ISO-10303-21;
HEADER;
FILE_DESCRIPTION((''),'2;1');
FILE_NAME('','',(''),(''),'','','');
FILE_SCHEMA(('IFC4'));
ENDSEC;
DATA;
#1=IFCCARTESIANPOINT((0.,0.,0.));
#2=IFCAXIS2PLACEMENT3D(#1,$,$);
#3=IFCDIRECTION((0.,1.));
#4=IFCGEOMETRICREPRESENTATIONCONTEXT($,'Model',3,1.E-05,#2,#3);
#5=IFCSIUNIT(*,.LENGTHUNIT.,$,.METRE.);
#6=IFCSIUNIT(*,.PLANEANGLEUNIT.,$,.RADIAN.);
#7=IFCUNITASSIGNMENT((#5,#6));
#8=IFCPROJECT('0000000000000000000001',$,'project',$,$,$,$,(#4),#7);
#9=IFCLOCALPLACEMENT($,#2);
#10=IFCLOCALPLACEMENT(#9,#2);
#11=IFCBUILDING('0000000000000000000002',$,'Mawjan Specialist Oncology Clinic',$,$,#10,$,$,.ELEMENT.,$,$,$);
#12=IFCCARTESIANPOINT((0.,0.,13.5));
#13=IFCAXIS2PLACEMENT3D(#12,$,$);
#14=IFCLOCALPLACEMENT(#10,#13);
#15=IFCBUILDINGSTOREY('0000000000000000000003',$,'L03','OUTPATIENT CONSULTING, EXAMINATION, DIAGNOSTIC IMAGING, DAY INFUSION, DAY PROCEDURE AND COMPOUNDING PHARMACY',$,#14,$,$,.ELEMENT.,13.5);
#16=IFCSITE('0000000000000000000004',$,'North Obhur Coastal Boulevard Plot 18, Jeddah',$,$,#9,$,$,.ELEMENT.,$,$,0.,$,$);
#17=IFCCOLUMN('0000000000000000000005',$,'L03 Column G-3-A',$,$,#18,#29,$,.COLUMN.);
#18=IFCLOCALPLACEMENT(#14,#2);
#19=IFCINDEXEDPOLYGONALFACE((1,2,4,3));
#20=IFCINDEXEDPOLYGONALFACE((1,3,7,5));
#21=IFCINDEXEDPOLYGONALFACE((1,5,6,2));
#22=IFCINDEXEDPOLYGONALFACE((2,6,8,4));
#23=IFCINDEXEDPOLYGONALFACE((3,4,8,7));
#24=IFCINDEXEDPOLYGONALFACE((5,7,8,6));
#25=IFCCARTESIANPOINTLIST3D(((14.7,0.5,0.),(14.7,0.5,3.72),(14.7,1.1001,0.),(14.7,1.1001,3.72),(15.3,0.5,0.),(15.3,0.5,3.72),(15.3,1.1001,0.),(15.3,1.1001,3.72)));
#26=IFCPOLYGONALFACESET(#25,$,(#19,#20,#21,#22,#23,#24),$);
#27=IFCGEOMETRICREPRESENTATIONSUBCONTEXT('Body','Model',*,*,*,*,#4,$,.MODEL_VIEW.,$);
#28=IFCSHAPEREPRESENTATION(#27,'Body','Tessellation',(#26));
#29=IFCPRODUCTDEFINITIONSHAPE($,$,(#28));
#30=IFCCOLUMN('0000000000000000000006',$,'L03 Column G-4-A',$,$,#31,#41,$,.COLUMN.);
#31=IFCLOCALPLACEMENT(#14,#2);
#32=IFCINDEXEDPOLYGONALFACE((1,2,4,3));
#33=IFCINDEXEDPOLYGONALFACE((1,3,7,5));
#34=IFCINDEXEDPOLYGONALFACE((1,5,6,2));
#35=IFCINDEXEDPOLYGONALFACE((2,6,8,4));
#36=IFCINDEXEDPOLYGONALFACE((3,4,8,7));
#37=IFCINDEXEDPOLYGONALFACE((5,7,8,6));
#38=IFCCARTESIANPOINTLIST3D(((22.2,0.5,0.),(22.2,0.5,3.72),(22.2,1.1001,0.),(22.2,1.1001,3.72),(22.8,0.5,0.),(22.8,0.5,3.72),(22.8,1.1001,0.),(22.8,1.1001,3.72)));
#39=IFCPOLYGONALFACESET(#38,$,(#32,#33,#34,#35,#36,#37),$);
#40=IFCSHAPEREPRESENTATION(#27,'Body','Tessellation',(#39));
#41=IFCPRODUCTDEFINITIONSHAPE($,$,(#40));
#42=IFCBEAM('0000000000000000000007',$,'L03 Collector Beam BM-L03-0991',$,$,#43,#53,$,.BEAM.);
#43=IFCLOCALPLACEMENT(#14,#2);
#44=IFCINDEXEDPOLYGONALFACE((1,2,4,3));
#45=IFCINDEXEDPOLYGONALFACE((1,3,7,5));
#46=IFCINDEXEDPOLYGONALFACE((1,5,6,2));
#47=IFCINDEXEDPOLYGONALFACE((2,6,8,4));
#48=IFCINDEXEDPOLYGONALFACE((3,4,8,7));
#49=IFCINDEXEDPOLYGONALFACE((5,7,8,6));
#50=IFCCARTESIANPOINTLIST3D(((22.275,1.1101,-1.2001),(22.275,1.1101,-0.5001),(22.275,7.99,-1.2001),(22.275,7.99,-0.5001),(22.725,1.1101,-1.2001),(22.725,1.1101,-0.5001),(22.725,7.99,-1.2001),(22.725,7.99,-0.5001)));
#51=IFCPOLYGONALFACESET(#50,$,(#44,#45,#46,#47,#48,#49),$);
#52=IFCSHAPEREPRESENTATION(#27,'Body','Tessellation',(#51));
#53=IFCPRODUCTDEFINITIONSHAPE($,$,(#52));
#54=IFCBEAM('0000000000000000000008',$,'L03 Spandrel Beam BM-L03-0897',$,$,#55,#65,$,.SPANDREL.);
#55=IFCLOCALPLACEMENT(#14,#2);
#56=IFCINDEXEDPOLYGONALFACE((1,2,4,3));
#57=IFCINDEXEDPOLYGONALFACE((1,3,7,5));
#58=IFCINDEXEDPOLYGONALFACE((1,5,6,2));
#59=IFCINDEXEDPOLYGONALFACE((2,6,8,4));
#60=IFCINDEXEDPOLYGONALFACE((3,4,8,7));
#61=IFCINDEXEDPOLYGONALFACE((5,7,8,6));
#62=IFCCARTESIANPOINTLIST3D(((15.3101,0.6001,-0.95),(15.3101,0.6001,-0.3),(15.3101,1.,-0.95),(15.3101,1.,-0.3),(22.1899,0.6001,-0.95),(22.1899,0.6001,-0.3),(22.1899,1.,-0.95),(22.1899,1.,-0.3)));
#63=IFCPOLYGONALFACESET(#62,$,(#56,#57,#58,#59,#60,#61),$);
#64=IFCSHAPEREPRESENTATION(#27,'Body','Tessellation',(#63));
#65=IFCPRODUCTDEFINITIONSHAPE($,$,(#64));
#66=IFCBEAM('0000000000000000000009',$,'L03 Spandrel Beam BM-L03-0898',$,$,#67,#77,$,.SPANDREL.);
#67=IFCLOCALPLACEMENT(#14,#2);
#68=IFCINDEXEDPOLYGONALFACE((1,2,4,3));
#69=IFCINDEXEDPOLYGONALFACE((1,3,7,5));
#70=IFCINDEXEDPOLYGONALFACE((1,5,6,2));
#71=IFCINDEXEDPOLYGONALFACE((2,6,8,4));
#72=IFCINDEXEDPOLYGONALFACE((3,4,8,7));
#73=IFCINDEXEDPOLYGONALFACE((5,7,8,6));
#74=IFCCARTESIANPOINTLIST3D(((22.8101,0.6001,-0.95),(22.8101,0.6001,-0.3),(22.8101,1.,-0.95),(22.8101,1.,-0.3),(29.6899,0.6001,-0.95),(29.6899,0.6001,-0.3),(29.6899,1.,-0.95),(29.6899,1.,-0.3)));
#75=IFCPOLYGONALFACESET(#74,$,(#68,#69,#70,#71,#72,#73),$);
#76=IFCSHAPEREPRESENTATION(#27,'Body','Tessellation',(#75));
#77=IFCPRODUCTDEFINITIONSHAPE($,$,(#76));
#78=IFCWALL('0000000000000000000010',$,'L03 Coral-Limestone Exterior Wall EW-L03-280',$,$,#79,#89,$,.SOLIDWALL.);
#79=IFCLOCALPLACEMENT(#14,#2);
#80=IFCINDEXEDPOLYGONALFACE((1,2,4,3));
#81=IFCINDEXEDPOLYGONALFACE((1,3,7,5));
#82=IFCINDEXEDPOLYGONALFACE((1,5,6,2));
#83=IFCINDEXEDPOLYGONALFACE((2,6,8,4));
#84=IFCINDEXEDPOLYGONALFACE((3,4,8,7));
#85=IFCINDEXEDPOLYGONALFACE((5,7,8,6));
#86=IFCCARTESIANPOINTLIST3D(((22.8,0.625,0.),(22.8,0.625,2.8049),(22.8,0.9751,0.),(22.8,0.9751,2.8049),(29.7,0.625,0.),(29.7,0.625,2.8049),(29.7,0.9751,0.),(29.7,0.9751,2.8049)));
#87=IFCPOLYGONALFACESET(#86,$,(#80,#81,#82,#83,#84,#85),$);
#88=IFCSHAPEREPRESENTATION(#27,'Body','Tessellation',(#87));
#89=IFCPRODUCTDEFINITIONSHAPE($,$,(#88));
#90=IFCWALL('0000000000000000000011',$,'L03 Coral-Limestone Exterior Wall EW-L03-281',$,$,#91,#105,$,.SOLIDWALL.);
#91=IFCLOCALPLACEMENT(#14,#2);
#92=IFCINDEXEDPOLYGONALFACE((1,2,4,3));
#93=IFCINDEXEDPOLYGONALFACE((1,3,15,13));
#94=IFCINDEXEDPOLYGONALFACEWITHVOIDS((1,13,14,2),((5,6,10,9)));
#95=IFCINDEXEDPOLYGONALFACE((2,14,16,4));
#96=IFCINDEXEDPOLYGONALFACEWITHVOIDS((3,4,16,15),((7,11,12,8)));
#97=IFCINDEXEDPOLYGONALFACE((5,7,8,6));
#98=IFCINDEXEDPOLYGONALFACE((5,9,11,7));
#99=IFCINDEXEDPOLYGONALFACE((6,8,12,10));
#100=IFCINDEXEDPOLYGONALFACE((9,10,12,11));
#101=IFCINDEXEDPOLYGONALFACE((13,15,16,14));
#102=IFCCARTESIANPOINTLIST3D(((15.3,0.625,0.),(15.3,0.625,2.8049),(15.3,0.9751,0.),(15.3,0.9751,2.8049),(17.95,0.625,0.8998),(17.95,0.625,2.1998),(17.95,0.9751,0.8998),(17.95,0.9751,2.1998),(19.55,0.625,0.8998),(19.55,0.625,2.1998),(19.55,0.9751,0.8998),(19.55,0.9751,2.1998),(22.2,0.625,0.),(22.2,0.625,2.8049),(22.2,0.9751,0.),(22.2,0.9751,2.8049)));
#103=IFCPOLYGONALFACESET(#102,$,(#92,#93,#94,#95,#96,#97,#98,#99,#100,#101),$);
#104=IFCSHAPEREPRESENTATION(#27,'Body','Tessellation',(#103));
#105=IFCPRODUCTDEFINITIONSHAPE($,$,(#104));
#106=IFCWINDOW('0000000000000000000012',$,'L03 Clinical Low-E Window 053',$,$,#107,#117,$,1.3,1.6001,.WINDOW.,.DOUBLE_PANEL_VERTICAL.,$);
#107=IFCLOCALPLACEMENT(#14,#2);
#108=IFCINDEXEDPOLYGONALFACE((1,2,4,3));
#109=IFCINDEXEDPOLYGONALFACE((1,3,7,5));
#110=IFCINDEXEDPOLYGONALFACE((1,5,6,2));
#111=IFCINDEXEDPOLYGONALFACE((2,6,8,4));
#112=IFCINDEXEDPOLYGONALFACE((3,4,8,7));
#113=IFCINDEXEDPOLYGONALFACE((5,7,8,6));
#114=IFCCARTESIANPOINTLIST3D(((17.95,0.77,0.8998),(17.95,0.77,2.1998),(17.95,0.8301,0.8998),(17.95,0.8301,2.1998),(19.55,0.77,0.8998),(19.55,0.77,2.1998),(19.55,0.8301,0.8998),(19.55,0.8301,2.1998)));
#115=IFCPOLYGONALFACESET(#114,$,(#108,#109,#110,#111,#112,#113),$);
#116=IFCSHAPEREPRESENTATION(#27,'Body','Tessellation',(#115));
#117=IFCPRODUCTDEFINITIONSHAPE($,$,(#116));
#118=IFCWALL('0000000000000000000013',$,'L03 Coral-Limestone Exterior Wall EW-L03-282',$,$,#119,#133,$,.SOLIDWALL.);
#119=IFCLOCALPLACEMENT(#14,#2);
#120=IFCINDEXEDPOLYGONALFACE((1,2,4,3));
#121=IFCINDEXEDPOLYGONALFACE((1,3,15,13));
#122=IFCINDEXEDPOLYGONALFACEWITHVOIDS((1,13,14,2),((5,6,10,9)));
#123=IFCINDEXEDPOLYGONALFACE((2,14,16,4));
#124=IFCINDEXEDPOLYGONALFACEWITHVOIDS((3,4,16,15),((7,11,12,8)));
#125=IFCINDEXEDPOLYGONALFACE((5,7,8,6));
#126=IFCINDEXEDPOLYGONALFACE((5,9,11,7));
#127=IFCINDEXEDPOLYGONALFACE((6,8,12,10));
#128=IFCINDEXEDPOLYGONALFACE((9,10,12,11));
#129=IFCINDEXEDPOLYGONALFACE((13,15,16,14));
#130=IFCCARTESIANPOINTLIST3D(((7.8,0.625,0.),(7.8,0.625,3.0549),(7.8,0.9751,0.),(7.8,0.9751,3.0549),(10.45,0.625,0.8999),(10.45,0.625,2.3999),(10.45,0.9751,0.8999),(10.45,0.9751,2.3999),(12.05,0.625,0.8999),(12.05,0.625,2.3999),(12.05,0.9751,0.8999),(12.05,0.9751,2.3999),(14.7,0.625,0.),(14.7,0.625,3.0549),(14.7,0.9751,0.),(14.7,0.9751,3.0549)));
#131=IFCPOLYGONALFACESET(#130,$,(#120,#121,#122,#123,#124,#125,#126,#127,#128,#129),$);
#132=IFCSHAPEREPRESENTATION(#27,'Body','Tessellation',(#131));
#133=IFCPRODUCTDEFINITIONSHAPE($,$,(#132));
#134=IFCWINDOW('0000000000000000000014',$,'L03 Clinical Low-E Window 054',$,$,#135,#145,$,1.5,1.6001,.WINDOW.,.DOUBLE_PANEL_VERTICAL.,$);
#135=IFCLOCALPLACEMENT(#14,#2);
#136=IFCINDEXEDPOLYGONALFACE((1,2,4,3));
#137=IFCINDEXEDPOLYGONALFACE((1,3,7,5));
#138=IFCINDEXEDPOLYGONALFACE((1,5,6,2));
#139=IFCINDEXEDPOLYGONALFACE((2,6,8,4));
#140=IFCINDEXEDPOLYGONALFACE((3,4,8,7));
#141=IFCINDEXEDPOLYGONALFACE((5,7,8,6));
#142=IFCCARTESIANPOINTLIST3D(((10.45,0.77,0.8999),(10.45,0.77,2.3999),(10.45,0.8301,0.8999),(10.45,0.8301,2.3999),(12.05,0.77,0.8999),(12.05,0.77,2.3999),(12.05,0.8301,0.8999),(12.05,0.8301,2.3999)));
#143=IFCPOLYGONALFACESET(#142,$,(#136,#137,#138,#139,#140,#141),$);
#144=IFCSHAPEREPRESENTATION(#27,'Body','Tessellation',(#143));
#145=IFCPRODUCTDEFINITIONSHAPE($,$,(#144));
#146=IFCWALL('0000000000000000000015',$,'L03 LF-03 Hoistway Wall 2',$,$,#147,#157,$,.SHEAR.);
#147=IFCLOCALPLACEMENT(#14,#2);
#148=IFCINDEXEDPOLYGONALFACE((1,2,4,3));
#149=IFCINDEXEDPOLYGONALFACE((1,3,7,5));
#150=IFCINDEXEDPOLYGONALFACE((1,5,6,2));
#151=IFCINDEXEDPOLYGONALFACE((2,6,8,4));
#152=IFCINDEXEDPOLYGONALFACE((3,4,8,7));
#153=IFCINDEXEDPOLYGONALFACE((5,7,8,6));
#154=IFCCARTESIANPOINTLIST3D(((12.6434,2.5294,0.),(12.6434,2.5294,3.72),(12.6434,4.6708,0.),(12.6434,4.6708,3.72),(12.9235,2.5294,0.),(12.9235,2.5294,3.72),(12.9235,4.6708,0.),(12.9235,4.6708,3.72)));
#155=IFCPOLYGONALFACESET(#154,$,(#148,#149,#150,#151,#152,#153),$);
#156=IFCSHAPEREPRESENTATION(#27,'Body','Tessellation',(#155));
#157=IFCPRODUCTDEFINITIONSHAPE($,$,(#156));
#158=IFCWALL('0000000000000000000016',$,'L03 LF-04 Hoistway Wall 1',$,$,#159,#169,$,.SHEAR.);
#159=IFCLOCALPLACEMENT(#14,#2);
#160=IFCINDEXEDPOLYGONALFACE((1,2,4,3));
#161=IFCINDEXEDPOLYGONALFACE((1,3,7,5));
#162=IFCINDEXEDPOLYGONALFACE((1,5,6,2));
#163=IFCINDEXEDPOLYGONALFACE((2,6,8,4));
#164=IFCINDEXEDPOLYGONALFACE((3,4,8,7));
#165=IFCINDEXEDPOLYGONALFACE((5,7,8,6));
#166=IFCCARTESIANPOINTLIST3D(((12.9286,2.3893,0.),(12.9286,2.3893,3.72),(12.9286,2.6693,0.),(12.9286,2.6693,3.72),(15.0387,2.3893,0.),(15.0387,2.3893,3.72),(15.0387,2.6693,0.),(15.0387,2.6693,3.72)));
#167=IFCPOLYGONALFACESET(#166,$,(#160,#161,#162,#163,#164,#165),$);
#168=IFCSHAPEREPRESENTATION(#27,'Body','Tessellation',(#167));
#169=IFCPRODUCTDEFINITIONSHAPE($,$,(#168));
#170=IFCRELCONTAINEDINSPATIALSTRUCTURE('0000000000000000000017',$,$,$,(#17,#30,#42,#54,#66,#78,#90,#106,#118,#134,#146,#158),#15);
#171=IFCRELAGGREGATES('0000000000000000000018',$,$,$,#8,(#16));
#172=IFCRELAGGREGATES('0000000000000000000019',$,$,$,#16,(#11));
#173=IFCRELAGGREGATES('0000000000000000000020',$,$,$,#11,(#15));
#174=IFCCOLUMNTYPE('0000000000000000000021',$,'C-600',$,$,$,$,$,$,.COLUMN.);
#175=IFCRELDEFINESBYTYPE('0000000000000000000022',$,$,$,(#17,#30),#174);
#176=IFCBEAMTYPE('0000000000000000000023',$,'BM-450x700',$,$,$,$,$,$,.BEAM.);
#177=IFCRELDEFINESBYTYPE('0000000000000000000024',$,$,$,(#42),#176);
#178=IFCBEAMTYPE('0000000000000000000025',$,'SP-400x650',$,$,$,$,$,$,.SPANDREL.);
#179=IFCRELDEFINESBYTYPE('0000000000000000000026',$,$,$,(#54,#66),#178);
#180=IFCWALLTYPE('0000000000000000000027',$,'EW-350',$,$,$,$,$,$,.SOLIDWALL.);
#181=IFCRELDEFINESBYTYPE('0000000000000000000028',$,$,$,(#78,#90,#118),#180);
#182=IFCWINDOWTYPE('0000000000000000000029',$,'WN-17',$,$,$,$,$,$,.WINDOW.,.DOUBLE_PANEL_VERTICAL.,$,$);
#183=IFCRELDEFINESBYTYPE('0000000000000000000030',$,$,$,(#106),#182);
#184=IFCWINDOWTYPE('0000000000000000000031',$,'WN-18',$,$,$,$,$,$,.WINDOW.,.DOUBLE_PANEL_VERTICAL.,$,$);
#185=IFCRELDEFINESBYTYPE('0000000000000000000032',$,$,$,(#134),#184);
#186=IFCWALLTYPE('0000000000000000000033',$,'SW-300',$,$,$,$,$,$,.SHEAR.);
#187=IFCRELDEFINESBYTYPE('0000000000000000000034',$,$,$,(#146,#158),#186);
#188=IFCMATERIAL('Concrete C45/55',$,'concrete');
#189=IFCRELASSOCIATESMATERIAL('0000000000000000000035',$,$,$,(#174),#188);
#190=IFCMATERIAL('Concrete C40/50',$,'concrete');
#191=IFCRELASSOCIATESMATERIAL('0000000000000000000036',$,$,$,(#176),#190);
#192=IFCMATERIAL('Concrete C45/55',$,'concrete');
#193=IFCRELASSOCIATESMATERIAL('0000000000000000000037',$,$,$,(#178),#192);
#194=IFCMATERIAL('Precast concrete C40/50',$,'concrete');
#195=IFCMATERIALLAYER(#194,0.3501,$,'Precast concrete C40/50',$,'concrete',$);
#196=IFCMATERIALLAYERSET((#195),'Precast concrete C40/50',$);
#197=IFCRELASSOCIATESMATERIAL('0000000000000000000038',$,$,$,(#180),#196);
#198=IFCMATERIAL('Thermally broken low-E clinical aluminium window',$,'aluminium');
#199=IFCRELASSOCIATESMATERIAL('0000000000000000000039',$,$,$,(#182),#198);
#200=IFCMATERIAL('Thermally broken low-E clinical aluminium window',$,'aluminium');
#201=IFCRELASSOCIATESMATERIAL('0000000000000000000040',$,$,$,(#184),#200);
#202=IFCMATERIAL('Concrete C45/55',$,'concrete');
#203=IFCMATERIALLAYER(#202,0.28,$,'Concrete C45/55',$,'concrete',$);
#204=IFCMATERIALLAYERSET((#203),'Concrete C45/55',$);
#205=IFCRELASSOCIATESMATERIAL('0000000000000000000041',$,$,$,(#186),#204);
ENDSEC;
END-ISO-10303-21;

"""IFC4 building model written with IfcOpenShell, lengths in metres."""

from ifc_helpers import new_model, si_unit, direction, frame, frame_2d, origin, origin_2d, place, context, subcontext, project, spatial, rectangle, extrude, material, layer, layer_set, material_profile, profile_set, type_object, element, fill, save


model = new_model("IFC4")

# Units and contexts
model_context = context("Model", 3, precision=1e-05, world=origin(), true_north=direction((0.0, 1.0)))
body_context = subcontext(model_context, "Body", "Model", "MODEL_VIEW")
ifc_project = project(units=[si_unit("LENGTHUNIT", "METRE"), si_unit("PLANEANGLEUNIT", "RADIAN")], contexts=[model_context])

# Site, building, storey
site_placement = place(None, origin())
site = spatial("IfcSite", under=ifc_project, at=site_placement, Name="North Obhur Coastal Boulevard Plot 18, Jeddah", CompositionType="ELEMENT", RefElevation=0.0)
building_placement = place(site_placement, origin())
building = spatial("IfcBuilding", under=site, at=building_placement, Name="Mawjan Specialist Oncology Clinic", CompositionType="ELEMENT")
storey_placement = place(building_placement, frame((0.0, 0.0, 13.5)))
storey = spatial("IfcBuildingStorey", under=building, at=storey_placement, Name="L03", Description="OUTPATIENT CONSULTING, EXAMINATION, DIAGNOSTIC IMAGING, DAY INFUSION, DAY PROCEDURE AND COMPOUNDING PHARMACY", CompositionType="ELEMENT", Elevation=13.5)

# Columns
ifc_material_1 = material(Name="Concrete C45/55", Category="concrete")
ifc_material_profile_1 = material_profile(ifc_material_1, rectangle(XDim=0.6001, YDim=0.6001, at=origin_2d()), Name="RC COL 600x600", Category="concrete")
ifc_profile_set_1 = profile_set([ifc_material_profile_1], Name="Concrete C45/55")
column_type = type_object("IfcColumnType", Name="C-600", PredefinedType="COLUMN", material=ifc_profile_set_1)
for number, where, z_axis, x_axis, name in (
    (1, (15.0, 0.8, 0.0), (0.0, 0.0, 1.0), (1.0, 0.0, 0.0), "L03 Column G-3-A"),
    (2, (22.5, 0.8, 0.0), (0.0, 0.0, 1.0), (1.0, 0.0, 0.0), "L03 Column G-4-A"),
):
    element("IfcColumn", number, at=place(storey_placement, frame(where, z_axis=z_axis, x_axis=x_axis)), inside=storey, type_object=column_type, Name=name, PredefinedType="COLUMN", context=body_context, shape_type="SweptSolid", body=[
        extrude(rectangle(XDim=0.6001, YDim=0.6001, at=origin_2d()), origin(), (0.0, 0.0, 1.0), 3.72),
    ])

# Beams
ifc_material_2 = material(Name="Concrete C40/50", Category="concrete")
ifc_material_profile_2 = material_profile(ifc_material_2, rectangle(XDim=0.45, YDim=0.7, at=origin_2d()), Name="RC BM 450x700", Category="concrete")
ifc_profile_set_2 = profile_set([ifc_material_profile_2], Name="Concrete C40/50")
beam_type_1 = type_object("IfcBeamType", Name="BM-450x700", PredefinedType="BEAM", material=ifc_profile_set_2)
beam_placement = place(storey_placement, frame((22.5, 1.1101, -0.8501), z_axis=(0.0, 1.0, 0.0), x_axis=(-1.0, 0.0, 0.0)))
element("IfcBeam", 3, at=beam_placement, inside=storey, type_object=beam_type_1, Name="L03 Collector Beam BM-L03-0991", PredefinedType="BEAM", context=body_context, shape_type="SweptSolid", body=[
    extrude(rectangle(XDim=0.45, YDim=0.7, at=origin_2d()), origin(), (0.0, 0.0, 1.0), 6.8799),
])
ifc_material_3 = material(Name="Concrete C45/55", Category="concrete")
ifc_material_profile_3 = material_profile(ifc_material_3, rectangle(XDim=0.3999, YDim=0.6499, at=origin_2d()), Name="RC BM 400x650", Category="concrete")
ifc_profile_set_3 = profile_set([ifc_material_profile_3], Name="Concrete C45/55")
beam_type_2 = type_object("IfcBeamType", Name="SP-400x650", PredefinedType="SPANDREL", material=ifc_profile_set_3)
for number, where, z_axis, x_axis, name in (
    (4, (15.3101, 0.8, -0.625), (1.0, 0.0, 0.0), (0.0, 1.0, 0.0), "L03 Spandrel Beam BM-L03-0897"),
    (5, (22.8101, 0.8, -0.625), (1.0, 0.0, 0.0), (0.0, 1.0, 0.0), "L03 Spandrel Beam BM-L03-0898"),
):
    element("IfcBeam", number, at=place(storey_placement, frame(where, z_axis=z_axis, x_axis=x_axis)), inside=storey, type_object=beam_type_2, Name=name, PredefinedType="SPANDREL", context=body_context, shape_type="SweptSolid", body=[
        extrude(rectangle(XDim=0.3999, YDim=0.6499, at=origin_2d()), origin(), (0.0, 0.0, 1.0), 6.8799),
    ])

# Wall
ifc_material_4 = material(Name="Precast concrete C40/50", Category="concrete")
ifc_layer_1 = layer(ifc_material_4, 0.3501, Name="Precast concrete C40/50", Category="concrete")
ifc_layer_set_1 = layer_set([ifc_layer_1], Name="Precast concrete C40/50")
wall_type_1 = type_object("IfcWallType", Name="EW-350", PredefinedType="SOLIDWALL", material=ifc_layer_set_1)
wall_1_placement = place(storey_placement, frame((29.7, 0.8, 0.0), z_axis=(0.0, 0.0, 1.0), x_axis=(-1.0, 0.0, 0.0)))
element("IfcWall", 6, at=wall_1_placement, inside=storey, type_object=wall_type_1, Name="L03 Coral-Limestone Exterior Wall EW-L03-280", PredefinedType="SOLIDWALL", context=body_context, shape_type="SweptSolid", body=[
    extrude(rectangle(XDim=6.8999, YDim=0.3501, at=frame_2d((3.45, 0.0))), origin(), (0.0, 0.0, 1.0), 2.8049),
])

# Walls, openings, windows
wall_2_placement = place(storey_placement, frame((22.2, 0.8, 0.0), z_axis=(0.0, 0.0, 1.0), x_axis=(-1.0, 0.0, 0.0)))
wall_2 = element("IfcWall", 7, at=wall_2_placement, inside=storey, type_object=wall_type_1, Name="L03 Coral-Limestone Exterior Wall EW-L03-281", PredefinedType="SOLIDWALL", context=body_context, shape_type="SweptSolid", body=[
    extrude(rectangle(XDim=6.8999, YDim=0.3501, at=frame_2d((3.45, 0.0))), origin(), (0.0, 0.0, 1.0), 2.8049),
])
opening_1_placement = place(wall_2_placement, frame((2.6499, 0.0, 0.8999)))
opening_1 = element("IfcOpeningElement", 8, at=opening_1_placement, cuts=wall_2, PredefinedType="OPENING", context=body_context, shape_type="SweptSolid", body=[
    extrude(rectangle(XDim=1.6001, YDim=1.3, at=frame_2d((0.8, 0.6499))), frame((0.0, 0.187, 0.0), z_axis=(0.0, -1.0, 0.0), x_axis=(1.0, 0.0, 0.0)), (0.0, 0.0, 1.0), 0.374),
])
ifc_material_5 = material(Name="Thermally broken low-E clinical aluminium window", Category="aluminium")
window_type_1 = type_object("IfcWindowType", Name="WN-17", PartitioningType="DOUBLE_PANEL_VERTICAL", PredefinedType="WINDOW", material=ifc_material_5)
window_1_placement = place(opening_1_placement, origin())
window_1 = element("IfcWindow", 9, at=window_1_placement, inside=storey, type_object=window_type_1, Name="L03 Clinical Low-E Window 053", OverallHeight=1.3, OverallWidth=1.6001, PartitioningType="DOUBLE_PANEL_VERTICAL", PredefinedType="WINDOW", context=body_context, shape_type="SweptSolid", body=[
    extrude(rectangle(XDim=1.6001, YDim=1.3, at=frame_2d((0.8, 0.6499))), frame((0.0, 0.03, 0.0), z_axis=(0.0, -1.0, 0.0), x_axis=(1.0, 0.0, 0.0)), (0.0, 0.0, 1.0), 0.0601),
])
fill(opening_1, window_1)
wall_3_placement = place(storey_placement, frame((14.7, 0.8, 0.0), z_axis=(0.0, 0.0, 1.0), x_axis=(-1.0, 0.0, 0.0)))
wall_3 = element("IfcWall", 10, at=wall_3_placement, inside=storey, type_object=wall_type_1, Name="L03 Coral-Limestone Exterior Wall EW-L03-282", PredefinedType="SOLIDWALL", context=body_context, shape_type="SweptSolid", body=[
    extrude(rectangle(XDim=6.8999, YDim=0.3501, at=frame_2d((3.45, 0.0))), origin(), (0.0, 0.0, 1.0), 3.0549),
])
opening_2_placement = place(wall_3_placement, frame((2.6499, 0.0, 0.8999)))
opening_2 = element("IfcOpeningElement", 11, at=opening_2_placement, cuts=wall_3, PredefinedType="OPENING", context=body_context, shape_type="SweptSolid", body=[
    extrude(rectangle(XDim=1.6001, YDim=1.5, at=frame_2d((0.8, 0.75))), frame((0.0, 0.187, 0.0), z_axis=(0.0, -1.0, 0.0), x_axis=(1.0, 0.0, 0.0)), (0.0, 0.0, 1.0), 0.374),
])
ifc_material_6 = material(Name="Thermally broken low-E clinical aluminium window", Category="aluminium")
window_type_2 = type_object("IfcWindowType", Name="WN-18", PartitioningType="DOUBLE_PANEL_VERTICAL", PredefinedType="WINDOW", material=ifc_material_6)
window_2_placement = place(opening_2_placement, origin())
window_2 = element("IfcWindow", 12, at=window_2_placement, inside=storey, type_object=window_type_2, Name="L03 Clinical Low-E Window 054", OverallHeight=1.5, OverallWidth=1.6001, PartitioningType="DOUBLE_PANEL_VERTICAL", PredefinedType="WINDOW", context=body_context, shape_type="SweptSolid", body=[
    extrude(rectangle(XDim=1.6001, YDim=1.5, at=frame_2d((0.8, 0.75))), frame((0.0, 0.03, 0.0), z_axis=(0.0, -1.0, 0.0), x_axis=(1.0, 0.0, 0.0)), (0.0, 0.0, 1.0), 0.0601),
])
fill(opening_2, window_2)

# Walls
ifc_material_7 = material(Name="Concrete C45/55", Category="concrete")
ifc_layer_2 = layer(ifc_material_7, 0.28, Name="Concrete C45/55", Category="concrete")
ifc_layer_set_2 = layer_set([ifc_layer_2], Name="Concrete C45/55")
wall_type_2 = type_object("IfcWallType", Name="SW-300", PredefinedType="SHEAR", material=ifc_layer_set_2)
wall_4_placement = place(storey_placement, frame((12.7834, 2.5293, 0.0), z_axis=(0.0, 0.0, 1.0), x_axis=(0.0, 1.0, 0.0)))
element("IfcWall", 13, at=wall_4_placement, inside=storey, type_object=wall_type_2, Name="L03 LF-03 Hoistway Wall 2", PredefinedType="SHEAR", context=body_context, shape_type="SweptSolid", body=[
    extrude(rectangle(XDim=2.1414, YDim=0.28, at=frame_2d((1.0708, 0.0))), origin(), (0.0, 0.0, 1.0), 3.72),
])
wall_5_placement = place(storey_placement, frame((12.9285, 2.5293, 0.0), z_axis=(0.0, 0.0, 1.0), x_axis=(1.0, 0.0, 0.0)))
element("IfcWall", 14, at=wall_5_placement, inside=storey, type_object=wall_type_2, Name="L03 LF-04 Hoistway Wall 1", PredefinedType="SHEAR", context=body_context, shape_type="SweptSolid", body=[
    extrude(rectangle(XDim=2.1101, YDim=0.28, at=frame_2d((1.0552, 0.0))), origin(), (0.0, 0.0, 1.0), 3.72),
])

save(model, "model.ifc")
